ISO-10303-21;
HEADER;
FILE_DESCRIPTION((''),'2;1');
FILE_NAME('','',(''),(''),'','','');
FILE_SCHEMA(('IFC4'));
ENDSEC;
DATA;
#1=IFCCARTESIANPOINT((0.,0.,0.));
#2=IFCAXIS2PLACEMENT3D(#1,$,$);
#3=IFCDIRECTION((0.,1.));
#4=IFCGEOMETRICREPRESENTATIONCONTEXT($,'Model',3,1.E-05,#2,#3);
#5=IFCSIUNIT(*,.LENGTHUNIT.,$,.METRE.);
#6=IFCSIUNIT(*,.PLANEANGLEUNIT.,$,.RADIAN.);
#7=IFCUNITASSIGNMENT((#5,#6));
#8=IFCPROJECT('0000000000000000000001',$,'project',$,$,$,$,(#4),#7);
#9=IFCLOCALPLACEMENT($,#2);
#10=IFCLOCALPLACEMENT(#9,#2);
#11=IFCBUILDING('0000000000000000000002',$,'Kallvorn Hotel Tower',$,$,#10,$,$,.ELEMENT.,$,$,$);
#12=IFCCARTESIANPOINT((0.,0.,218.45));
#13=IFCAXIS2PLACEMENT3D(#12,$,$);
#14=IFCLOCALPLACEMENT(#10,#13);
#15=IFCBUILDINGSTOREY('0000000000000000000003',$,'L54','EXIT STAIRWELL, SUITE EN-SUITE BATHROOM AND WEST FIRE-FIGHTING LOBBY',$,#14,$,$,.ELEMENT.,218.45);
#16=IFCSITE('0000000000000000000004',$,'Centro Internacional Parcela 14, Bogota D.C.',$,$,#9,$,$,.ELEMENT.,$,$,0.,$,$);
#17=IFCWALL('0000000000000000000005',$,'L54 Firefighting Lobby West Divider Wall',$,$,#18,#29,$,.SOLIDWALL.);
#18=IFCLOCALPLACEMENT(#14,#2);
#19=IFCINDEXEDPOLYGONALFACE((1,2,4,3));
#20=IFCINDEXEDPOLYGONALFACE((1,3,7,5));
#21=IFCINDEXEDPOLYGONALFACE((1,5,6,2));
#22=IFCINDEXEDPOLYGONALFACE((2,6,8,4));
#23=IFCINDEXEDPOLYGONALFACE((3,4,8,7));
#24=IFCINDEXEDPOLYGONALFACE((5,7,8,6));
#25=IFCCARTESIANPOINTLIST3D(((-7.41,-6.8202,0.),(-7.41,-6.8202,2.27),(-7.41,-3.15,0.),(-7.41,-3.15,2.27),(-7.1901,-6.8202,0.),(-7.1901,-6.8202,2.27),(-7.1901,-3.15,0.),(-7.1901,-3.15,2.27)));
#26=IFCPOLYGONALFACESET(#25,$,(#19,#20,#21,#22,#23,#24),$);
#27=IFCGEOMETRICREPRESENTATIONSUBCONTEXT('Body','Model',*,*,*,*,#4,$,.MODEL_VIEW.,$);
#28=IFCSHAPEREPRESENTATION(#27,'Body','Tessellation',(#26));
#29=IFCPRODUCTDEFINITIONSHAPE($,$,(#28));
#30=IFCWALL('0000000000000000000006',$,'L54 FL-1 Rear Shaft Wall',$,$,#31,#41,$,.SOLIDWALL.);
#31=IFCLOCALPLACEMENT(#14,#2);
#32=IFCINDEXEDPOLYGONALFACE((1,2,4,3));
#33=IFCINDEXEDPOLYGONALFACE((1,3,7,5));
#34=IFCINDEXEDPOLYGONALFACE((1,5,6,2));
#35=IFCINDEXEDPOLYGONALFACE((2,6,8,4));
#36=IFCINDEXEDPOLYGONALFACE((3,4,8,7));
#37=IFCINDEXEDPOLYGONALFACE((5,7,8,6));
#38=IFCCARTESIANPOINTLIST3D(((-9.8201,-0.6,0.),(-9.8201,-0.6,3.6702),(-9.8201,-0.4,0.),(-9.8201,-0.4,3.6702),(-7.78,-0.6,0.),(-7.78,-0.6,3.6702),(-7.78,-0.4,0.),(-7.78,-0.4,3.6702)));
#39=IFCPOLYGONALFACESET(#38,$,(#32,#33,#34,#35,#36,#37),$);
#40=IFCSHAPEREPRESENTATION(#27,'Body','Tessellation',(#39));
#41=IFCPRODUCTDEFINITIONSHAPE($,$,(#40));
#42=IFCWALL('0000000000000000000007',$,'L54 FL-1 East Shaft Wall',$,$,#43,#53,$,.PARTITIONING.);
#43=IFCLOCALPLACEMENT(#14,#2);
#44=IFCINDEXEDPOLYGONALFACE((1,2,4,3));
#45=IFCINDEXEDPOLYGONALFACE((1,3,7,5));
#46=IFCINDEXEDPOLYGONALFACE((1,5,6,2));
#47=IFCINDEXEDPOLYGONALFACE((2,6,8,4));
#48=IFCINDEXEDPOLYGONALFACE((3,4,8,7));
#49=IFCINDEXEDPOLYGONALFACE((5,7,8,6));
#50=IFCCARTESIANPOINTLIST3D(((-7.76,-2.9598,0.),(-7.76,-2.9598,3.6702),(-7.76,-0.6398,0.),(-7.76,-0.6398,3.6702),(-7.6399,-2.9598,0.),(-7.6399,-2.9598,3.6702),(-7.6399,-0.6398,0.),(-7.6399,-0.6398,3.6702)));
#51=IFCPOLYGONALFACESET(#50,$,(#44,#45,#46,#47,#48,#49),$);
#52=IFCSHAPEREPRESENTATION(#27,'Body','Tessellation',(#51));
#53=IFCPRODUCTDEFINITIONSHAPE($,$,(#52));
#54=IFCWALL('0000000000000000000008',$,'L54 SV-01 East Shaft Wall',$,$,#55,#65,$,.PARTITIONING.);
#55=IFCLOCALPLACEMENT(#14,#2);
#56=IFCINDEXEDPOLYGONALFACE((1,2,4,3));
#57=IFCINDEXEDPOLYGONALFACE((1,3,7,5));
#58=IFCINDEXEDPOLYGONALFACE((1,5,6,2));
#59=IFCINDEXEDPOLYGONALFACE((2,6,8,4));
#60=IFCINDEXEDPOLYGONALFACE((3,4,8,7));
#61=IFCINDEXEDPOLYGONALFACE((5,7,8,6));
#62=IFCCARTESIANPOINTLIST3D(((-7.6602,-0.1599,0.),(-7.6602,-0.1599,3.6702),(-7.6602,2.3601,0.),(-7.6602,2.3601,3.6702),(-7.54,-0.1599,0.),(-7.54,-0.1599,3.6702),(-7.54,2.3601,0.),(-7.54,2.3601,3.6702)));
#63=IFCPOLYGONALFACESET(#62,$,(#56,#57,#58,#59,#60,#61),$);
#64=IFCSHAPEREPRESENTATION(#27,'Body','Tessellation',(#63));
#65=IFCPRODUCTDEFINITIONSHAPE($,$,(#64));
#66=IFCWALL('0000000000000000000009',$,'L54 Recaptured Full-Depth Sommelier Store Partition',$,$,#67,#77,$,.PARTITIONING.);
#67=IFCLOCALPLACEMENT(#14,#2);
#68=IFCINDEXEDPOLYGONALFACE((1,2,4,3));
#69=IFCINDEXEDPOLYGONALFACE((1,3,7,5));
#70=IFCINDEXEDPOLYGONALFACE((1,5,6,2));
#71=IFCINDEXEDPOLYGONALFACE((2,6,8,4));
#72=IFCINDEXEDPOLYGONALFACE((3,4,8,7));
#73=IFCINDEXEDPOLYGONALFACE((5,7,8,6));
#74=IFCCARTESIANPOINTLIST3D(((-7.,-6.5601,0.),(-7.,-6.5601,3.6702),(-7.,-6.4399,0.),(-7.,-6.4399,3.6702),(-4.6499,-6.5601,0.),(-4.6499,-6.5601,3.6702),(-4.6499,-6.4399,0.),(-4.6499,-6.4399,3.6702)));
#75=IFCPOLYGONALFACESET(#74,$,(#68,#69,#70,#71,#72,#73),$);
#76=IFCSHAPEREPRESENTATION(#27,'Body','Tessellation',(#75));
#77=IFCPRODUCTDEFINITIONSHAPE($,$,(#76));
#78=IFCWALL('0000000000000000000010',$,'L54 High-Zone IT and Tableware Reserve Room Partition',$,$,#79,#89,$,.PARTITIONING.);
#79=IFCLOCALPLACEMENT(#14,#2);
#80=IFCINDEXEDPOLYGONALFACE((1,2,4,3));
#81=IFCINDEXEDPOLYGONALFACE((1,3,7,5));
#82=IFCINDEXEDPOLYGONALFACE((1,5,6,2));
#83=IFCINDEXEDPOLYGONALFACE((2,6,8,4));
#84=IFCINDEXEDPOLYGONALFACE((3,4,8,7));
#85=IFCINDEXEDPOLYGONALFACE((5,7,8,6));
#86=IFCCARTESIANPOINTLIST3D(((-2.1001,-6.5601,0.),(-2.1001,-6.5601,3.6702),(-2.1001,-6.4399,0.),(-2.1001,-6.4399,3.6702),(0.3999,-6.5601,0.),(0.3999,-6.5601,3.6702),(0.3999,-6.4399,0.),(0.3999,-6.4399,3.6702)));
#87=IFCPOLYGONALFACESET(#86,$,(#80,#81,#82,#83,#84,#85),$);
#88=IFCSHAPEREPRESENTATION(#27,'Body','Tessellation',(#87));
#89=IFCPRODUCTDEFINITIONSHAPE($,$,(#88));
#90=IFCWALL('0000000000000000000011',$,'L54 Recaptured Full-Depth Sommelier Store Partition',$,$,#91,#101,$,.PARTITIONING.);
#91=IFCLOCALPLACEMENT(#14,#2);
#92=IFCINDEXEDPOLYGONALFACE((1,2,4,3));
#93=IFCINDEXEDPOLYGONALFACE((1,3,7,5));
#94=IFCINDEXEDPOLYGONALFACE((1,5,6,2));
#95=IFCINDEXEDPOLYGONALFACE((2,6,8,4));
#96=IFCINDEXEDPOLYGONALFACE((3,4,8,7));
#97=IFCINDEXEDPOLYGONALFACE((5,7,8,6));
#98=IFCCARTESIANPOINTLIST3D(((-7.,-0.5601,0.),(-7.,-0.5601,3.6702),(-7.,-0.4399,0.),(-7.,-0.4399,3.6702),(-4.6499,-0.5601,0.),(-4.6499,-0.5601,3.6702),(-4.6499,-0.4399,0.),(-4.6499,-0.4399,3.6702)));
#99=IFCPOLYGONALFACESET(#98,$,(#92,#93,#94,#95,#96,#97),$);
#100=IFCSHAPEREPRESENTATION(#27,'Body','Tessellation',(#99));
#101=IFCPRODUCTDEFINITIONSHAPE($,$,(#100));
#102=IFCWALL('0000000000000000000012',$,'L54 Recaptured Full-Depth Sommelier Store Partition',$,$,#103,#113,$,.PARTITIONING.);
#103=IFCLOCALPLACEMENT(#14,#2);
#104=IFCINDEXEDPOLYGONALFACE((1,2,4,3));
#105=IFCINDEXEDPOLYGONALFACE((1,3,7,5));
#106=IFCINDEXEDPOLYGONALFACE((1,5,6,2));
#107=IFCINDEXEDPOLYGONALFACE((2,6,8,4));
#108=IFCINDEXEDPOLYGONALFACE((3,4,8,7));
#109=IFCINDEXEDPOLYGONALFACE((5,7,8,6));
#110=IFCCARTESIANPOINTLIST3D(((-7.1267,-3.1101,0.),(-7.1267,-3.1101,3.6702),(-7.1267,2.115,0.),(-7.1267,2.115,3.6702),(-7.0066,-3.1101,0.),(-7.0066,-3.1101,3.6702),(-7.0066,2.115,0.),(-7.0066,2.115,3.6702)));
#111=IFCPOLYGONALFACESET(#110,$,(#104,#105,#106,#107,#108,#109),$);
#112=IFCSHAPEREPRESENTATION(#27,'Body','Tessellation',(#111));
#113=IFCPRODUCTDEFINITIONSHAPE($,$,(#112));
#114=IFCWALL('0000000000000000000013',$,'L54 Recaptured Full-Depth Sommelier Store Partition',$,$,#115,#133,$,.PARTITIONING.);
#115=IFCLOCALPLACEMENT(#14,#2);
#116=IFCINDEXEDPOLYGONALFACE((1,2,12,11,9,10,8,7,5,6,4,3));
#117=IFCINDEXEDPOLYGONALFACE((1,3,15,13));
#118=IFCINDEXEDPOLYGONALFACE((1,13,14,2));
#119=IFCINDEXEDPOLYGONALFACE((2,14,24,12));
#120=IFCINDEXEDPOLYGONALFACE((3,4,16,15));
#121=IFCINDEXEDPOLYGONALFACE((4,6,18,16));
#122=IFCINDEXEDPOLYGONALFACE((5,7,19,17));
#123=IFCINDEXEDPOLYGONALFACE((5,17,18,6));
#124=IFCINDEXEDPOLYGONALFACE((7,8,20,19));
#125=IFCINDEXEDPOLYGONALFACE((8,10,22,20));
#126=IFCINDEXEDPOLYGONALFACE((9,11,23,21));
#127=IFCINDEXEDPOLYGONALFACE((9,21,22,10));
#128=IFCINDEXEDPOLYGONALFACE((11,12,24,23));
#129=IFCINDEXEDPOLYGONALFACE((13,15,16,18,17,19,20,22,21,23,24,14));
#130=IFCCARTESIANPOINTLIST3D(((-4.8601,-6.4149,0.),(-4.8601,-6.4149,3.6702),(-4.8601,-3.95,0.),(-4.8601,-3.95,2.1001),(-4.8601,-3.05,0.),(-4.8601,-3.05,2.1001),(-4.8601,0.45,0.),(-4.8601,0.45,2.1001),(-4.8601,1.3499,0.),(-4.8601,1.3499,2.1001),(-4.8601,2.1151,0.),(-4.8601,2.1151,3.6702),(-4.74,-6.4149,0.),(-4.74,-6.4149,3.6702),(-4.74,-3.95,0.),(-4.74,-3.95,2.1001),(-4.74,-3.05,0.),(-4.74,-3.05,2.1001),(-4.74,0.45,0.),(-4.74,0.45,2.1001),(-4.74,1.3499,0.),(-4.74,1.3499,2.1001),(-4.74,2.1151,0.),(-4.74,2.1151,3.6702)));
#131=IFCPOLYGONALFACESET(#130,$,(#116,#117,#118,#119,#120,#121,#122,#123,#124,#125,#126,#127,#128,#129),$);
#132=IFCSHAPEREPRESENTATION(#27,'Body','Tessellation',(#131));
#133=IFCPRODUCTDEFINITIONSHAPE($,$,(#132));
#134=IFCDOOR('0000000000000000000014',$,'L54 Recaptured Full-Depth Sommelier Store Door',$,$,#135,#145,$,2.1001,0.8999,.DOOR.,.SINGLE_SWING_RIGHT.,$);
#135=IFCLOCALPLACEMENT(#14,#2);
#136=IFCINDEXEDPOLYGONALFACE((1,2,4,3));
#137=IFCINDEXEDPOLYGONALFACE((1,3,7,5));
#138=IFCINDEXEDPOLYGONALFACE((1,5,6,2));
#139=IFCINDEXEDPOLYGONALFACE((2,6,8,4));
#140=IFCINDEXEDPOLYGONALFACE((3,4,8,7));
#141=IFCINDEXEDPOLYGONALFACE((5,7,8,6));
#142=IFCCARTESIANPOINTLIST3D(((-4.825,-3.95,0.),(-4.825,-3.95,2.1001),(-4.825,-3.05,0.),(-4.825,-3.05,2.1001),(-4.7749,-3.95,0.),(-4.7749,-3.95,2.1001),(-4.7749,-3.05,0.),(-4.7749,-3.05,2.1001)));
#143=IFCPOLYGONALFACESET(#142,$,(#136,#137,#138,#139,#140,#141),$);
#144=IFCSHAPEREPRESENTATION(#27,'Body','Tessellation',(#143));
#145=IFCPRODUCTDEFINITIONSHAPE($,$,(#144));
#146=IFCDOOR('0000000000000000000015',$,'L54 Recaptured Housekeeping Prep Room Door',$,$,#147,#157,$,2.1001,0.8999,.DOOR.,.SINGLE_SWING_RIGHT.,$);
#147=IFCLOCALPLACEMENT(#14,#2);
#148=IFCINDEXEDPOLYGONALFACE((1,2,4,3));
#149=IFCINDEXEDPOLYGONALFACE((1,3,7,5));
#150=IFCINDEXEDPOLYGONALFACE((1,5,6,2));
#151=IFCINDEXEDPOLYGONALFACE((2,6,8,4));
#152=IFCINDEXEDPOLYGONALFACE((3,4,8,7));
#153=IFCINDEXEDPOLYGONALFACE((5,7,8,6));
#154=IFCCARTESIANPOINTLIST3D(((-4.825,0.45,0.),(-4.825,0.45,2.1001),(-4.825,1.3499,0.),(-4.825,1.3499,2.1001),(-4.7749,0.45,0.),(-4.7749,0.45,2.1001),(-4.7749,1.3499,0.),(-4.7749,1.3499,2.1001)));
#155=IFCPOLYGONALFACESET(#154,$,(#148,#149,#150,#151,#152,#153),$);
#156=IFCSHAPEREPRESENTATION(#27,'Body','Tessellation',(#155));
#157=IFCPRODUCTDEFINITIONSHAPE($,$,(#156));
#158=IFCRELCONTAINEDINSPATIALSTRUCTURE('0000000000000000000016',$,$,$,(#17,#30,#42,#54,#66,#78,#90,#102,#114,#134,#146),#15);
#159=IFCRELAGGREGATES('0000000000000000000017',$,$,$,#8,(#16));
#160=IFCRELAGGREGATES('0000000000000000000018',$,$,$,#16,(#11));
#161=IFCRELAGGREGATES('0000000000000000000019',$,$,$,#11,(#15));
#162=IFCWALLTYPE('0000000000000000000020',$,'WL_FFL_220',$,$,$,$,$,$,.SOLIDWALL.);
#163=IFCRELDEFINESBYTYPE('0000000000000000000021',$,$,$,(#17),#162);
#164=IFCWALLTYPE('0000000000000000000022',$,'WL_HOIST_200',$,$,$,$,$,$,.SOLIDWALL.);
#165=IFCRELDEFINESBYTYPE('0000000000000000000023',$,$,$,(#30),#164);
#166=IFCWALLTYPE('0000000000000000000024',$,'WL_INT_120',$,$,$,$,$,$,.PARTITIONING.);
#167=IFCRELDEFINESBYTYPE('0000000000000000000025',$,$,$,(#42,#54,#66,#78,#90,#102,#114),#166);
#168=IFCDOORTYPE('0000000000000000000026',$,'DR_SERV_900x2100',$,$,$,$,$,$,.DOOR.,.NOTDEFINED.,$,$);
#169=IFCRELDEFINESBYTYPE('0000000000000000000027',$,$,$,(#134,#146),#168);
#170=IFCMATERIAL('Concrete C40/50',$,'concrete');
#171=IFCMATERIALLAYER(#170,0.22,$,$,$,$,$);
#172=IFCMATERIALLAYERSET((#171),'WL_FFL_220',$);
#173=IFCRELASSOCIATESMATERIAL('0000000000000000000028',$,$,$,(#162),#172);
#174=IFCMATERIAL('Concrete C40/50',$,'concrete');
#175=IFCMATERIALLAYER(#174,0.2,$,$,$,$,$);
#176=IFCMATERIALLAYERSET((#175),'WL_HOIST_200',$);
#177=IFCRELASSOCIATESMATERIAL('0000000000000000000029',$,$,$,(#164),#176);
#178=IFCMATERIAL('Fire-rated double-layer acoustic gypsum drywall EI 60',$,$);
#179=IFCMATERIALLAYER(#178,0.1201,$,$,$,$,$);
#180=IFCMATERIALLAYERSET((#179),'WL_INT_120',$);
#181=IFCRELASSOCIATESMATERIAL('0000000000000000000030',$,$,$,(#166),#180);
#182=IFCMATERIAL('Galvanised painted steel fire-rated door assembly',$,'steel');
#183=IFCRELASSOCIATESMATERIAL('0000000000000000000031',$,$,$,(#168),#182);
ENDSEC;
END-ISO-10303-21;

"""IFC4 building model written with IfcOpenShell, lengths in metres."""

from ifc_helpers import new_model, si_unit, direction, frame, frame_2d, origin, place, context, subcontext, project, spatial, rectangle, extrude, material, layer, layer_set, type_object, element, fill, save


model = new_model("IFC4")

# Units and contexts
model_context = context("Model", 3, precision=1e-05, world=origin(), true_north=direction((0.0, 1.0)))
body_context = subcontext(model_context, "Body", "Model", "MODEL_VIEW")
ifc_project = project(units=[si_unit("LENGTHUNIT", "METRE"), si_unit("PLANEANGLEUNIT", "RADIAN")], contexts=[model_context])

# Site, building, storey
site_placement = place(None, origin())
site = spatial("IfcSite", under=ifc_project, at=site_placement, Name="Centro Internacional Parcela 14, Bogota D.C.", CompositionType="ELEMENT", RefElevation=0.0)
building_placement = place(site_placement, origin())
building = spatial("IfcBuilding", under=site, at=building_placement, Name="Kallvorn Hotel Tower", CompositionType="ELEMENT")
storey_placement = place(building_placement, frame((0.0, 0.0, 218.45)))
storey = spatial("IfcBuildingStorey", under=building, at=storey_placement, Name="L54", Description="EXIT STAIRWELL, SUITE EN-SUITE BATHROOM AND WEST FIRE-FIGHTING LOBBY", CompositionType="ELEMENT", Elevation=218.45)

# Walls
ifc_material_1 = material(Name="Concrete C40/50", Category="concrete")
ifc_layer_1 = layer(ifc_material_1, 0.22)
ifc_layer_set_1 = layer_set([ifc_layer_1], Name="WL_FFL_220")
wall_type_1 = type_object("IfcWallType", Name="WL_FFL_220", PredefinedType="SOLIDWALL", material=ifc_layer_set_1)
wall_1_placement = place(storey_placement, frame((-7.3, -6.8201, 0.0), z_axis=(0.0, 0.0, 1.0), x_axis=(0.0, 1.0, 0.0)))
element("IfcWall", 1, at=wall_1_placement, inside=storey, type_object=wall_type_1, Name="L54 Firefighting Lobby West Divider Wall", PredefinedType="SOLIDWALL", context=body_context, shape_type="SweptSolid", body=[
    extrude(rectangle(XDim=3.6702, YDim=0.22, at=frame_2d((1.835, 0.0))), origin(), (0.0, 0.0, 1.0), 2.27),
])
ifc_material_2 = material(Name="Concrete C40/50", Category="concrete")
ifc_layer_2 = layer(ifc_material_2, 0.2)
ifc_layer_set_2 = layer_set([ifc_layer_2], Name="WL_HOIST_200")
wall_type_2 = type_object("IfcWallType", Name="WL_HOIST_200", PredefinedType="SOLIDWALL", material=ifc_layer_set_2)
wall_2_placement = place(storey_placement, frame((-9.8201, -0.5, 0.0), z_axis=(0.0, 0.0, 1.0), x_axis=(1.0, 0.0, 0.0)))
element("IfcWall", 2, at=wall_2_placement, inside=storey, type_object=wall_type_2, Name="L54 FL-1 Rear Shaft Wall", PredefinedType="SOLIDWALL", context=body_context, shape_type="SweptSolid", body=[
    extrude(rectangle(XDim=2.04, YDim=0.2, at=frame_2d((1.02, 0.0))), origin(), (0.0, 0.0, 1.0), 3.6702),
])
ifc_material_3 = material(Name="Fire-rated double-layer acoustic gypsum drywall EI 60")
ifc_layer_3 = layer(ifc_material_3, 0.1201)
ifc_layer_set_3 = layer_set([ifc_layer_3], Name="WL_INT_120")
wall_type_3 = type_object("IfcWallType", Name="WL_INT_120", PredefinedType="PARTITIONING", material=ifc_layer_set_3)
wall_3_placement = place(storey_placement, frame((-7.7, -2.96, 0.0), z_axis=(0.0, 0.0, 1.0), x_axis=(0.0, 1.0, 0.0)))
element("IfcWall", 3, at=wall_3_placement, inside=storey, type_object=wall_type_3, Name="L54 FL-1 East Shaft Wall", PredefinedType="PARTITIONING", context=body_context, shape_type="SweptSolid", body=[
    extrude(rectangle(XDim=2.3201, YDim=0.1201, at=frame_2d((1.1602, 0.0))), origin(), (0.0, 0.0, 1.0), 3.6702),
])
wall_4_placement = place(storey_placement, frame((-7.6001, -0.1599, 0.0), z_axis=(0.0, 0.0, 1.0), x_axis=(0.0, 1.0, 0.0)))
element("IfcWall", 4, at=wall_4_placement, inside=storey, type_object=wall_type_3, Name="L54 SV-01 East Shaft Wall", PredefinedType="PARTITIONING", context=body_context, shape_type="SweptSolid", body=[
    extrude(rectangle(XDim=2.52, YDim=0.1201, at=frame_2d((1.26, 0.0))), origin(), (0.0, 0.0, 1.0), 3.6702),
])
wall_5_placement = place(storey_placement, frame((-7.0, -6.5, 0.0), z_axis=(0.0, 0.0, 1.0), x_axis=(1.0, 0.0, 0.0)))
element("IfcWall", 5, at=wall_5_placement, inside=storey, type_object=wall_type_3, Name="L54 Recaptured Full-Depth Sommelier Store Partition", PredefinedType="PARTITIONING", context=body_context, shape_type="SweptSolid", body=[
    extrude(rectangle(XDim=2.3501, YDim=0.1201, at=frame_2d((1.175, 0.0))), origin(), (0.0, 0.0, 1.0), 3.6702),
])
wall_6_placement = place(storey_placement, frame((-2.1001, -6.5, 0.0), z_axis=(0.0, 0.0, 1.0), x_axis=(1.0, 0.0, 0.0)))
element("IfcWall", 6, at=wall_6_placement, inside=storey, type_object=wall_type_3, Name="L54 High-Zone IT and Tableware Reserve Room Partition", PredefinedType="PARTITIONING", context=body_context, shape_type="SweptSolid", body=[
    extrude(rectangle(XDim=2.5, YDim=0.1201, at=frame_2d((1.25, 0.0))), origin(), (0.0, 0.0, 1.0), 3.6702),
])
wall_7_placement = place(storey_placement, frame((-7.0, -0.5, 0.0), z_axis=(0.0, 0.0, 1.0), x_axis=(1.0, 0.0, 0.0)))
element("IfcWall", 7, at=wall_7_placement, inside=storey, type_object=wall_type_3, Name="L54 Recaptured Full-Depth Sommelier Store Partition", PredefinedType="PARTITIONING", context=body_context, shape_type="SweptSolid", body=[
    extrude(rectangle(XDim=2.3501, YDim=0.1201, at=frame_2d((1.175, 0.0))), origin(), (0.0, 0.0, 1.0), 3.6702),
])
wall_8_placement = place(storey_placement, frame((-7.0667, -3.1101, 0.0), z_axis=(0.0, 0.0, 1.0), x_axis=(0.0, 1.0, 0.0)))
element("IfcWall", 8, at=wall_8_placement, inside=storey, type_object=wall_type_3, Name="L54 Recaptured Full-Depth Sommelier Store Partition", PredefinedType="PARTITIONING", context=body_context, shape_type="SweptSolid", body=[
    extrude(rectangle(XDim=5.2251, YDim=0.1201, at=frame_2d((2.6125, 0.0))), origin(), (0.0, 0.0, 1.0), 3.6702),
])

# Wall, openings, doors
wall_9_placement = place(storey_placement, frame((-4.8, -6.415, 0.0), z_axis=(0.0, 0.0, 1.0), x_axis=(0.0, 1.0, 0.0)))
wall_9 = element("IfcWall", 9, at=wall_9_placement, inside=storey, type_object=wall_type_3, Name="L54 Recaptured Full-Depth Sommelier Store Partition", PredefinedType="PARTITIONING", context=body_context, shape_type="SweptSolid", body=[
    extrude(rectangle(XDim=8.53, YDim=0.1201, at=frame_2d((4.2651, 0.0))), origin(), (0.0, 0.0, 1.0), 3.6702),
])
opening_1_placement = place(wall_9_placement, frame((2.4651, 0.0, 0.0)))
opening_1 = element("IfcOpeningElement", 10, at=opening_1_placement, cuts=wall_9, PredefinedType="OPENING", context=body_context, shape_type="SweptSolid", body=[
    extrude(rectangle(XDim=0.8999, YDim=2.1001, at=frame_2d((0.45, 1.05))), frame((0.0, 0.075, 0.0), z_axis=(0.0, -1.0, 0.0), x_axis=(1.0, 0.0, 0.0)), (0.0, 0.0, 1.0), 0.1501),
])
opening_2_placement = place(wall_9_placement, frame((6.865, 0.0, 0.0)))
opening_2 = element("IfcOpeningElement", 11, at=opening_2_placement, cuts=wall_9, PredefinedType="OPENING", context=body_context, shape_type="SweptSolid", body=[
    extrude(rectangle(XDim=0.8999, YDim=2.1001, at=frame_2d((0.45, 1.05))), frame((0.0, 0.075, 0.0), z_axis=(0.0, -1.0, 0.0), x_axis=(1.0, 0.0, 0.0)), (0.0, 0.0, 1.0), 0.1501),
])
ifc_material_4 = material(Name="Galvanised painted steel fire-rated door assembly", Category="steel")
door_type_1 = type_object("IfcDoorType", Name="DR_SERV_900x2100", OperationType="NOTDEFINED", PredefinedType="DOOR", material=ifc_material_4)
door_1_placement = place(opening_1_placement, origin())
door_1 = element("IfcDoor", 12, at=door_1_placement, inside=storey, type_object=door_type_1, Name="L54 Recaptured Full-Depth Sommelier Store Door", OperationType="SINGLE_SWING_RIGHT", OverallHeight=2.1001, OverallWidth=0.8999, PredefinedType="DOOR", context=body_context, shape_type="SweptSolid", body=[
    extrude(rectangle(XDim=0.8999, YDim=2.1001, at=frame_2d((0.45, 1.05))), frame((0.0, 0.0249, 0.0), z_axis=(0.0, -1.0, 0.0), x_axis=(1.0, 0.0, 0.0)), (0.0, 0.0, 1.0), 0.05),
])
fill(opening_1, door_1)
door_2_placement = place(opening_2_placement, origin())
door_2 = element("IfcDoor", 13, at=door_2_placement, inside=storey, type_object=door_type_1, Name="L54 Recaptured Housekeeping Prep Room Door", OperationType="SINGLE_SWING_RIGHT", OverallHeight=2.1001, OverallWidth=0.8999, PredefinedType="DOOR", context=body_context, shape_type="SweptSolid", body=[
    extrude(rectangle(XDim=0.8999, YDim=2.1001, at=frame_2d((0.45, 1.05))), frame((0.0, 0.0249, 0.0), z_axis=(0.0, -1.0, 0.0), x_axis=(1.0, 0.0, 0.0)), (0.0, 0.0, 1.0), 0.05),
])
fill(opening_2, door_2)

save(model, "model.ifc")
